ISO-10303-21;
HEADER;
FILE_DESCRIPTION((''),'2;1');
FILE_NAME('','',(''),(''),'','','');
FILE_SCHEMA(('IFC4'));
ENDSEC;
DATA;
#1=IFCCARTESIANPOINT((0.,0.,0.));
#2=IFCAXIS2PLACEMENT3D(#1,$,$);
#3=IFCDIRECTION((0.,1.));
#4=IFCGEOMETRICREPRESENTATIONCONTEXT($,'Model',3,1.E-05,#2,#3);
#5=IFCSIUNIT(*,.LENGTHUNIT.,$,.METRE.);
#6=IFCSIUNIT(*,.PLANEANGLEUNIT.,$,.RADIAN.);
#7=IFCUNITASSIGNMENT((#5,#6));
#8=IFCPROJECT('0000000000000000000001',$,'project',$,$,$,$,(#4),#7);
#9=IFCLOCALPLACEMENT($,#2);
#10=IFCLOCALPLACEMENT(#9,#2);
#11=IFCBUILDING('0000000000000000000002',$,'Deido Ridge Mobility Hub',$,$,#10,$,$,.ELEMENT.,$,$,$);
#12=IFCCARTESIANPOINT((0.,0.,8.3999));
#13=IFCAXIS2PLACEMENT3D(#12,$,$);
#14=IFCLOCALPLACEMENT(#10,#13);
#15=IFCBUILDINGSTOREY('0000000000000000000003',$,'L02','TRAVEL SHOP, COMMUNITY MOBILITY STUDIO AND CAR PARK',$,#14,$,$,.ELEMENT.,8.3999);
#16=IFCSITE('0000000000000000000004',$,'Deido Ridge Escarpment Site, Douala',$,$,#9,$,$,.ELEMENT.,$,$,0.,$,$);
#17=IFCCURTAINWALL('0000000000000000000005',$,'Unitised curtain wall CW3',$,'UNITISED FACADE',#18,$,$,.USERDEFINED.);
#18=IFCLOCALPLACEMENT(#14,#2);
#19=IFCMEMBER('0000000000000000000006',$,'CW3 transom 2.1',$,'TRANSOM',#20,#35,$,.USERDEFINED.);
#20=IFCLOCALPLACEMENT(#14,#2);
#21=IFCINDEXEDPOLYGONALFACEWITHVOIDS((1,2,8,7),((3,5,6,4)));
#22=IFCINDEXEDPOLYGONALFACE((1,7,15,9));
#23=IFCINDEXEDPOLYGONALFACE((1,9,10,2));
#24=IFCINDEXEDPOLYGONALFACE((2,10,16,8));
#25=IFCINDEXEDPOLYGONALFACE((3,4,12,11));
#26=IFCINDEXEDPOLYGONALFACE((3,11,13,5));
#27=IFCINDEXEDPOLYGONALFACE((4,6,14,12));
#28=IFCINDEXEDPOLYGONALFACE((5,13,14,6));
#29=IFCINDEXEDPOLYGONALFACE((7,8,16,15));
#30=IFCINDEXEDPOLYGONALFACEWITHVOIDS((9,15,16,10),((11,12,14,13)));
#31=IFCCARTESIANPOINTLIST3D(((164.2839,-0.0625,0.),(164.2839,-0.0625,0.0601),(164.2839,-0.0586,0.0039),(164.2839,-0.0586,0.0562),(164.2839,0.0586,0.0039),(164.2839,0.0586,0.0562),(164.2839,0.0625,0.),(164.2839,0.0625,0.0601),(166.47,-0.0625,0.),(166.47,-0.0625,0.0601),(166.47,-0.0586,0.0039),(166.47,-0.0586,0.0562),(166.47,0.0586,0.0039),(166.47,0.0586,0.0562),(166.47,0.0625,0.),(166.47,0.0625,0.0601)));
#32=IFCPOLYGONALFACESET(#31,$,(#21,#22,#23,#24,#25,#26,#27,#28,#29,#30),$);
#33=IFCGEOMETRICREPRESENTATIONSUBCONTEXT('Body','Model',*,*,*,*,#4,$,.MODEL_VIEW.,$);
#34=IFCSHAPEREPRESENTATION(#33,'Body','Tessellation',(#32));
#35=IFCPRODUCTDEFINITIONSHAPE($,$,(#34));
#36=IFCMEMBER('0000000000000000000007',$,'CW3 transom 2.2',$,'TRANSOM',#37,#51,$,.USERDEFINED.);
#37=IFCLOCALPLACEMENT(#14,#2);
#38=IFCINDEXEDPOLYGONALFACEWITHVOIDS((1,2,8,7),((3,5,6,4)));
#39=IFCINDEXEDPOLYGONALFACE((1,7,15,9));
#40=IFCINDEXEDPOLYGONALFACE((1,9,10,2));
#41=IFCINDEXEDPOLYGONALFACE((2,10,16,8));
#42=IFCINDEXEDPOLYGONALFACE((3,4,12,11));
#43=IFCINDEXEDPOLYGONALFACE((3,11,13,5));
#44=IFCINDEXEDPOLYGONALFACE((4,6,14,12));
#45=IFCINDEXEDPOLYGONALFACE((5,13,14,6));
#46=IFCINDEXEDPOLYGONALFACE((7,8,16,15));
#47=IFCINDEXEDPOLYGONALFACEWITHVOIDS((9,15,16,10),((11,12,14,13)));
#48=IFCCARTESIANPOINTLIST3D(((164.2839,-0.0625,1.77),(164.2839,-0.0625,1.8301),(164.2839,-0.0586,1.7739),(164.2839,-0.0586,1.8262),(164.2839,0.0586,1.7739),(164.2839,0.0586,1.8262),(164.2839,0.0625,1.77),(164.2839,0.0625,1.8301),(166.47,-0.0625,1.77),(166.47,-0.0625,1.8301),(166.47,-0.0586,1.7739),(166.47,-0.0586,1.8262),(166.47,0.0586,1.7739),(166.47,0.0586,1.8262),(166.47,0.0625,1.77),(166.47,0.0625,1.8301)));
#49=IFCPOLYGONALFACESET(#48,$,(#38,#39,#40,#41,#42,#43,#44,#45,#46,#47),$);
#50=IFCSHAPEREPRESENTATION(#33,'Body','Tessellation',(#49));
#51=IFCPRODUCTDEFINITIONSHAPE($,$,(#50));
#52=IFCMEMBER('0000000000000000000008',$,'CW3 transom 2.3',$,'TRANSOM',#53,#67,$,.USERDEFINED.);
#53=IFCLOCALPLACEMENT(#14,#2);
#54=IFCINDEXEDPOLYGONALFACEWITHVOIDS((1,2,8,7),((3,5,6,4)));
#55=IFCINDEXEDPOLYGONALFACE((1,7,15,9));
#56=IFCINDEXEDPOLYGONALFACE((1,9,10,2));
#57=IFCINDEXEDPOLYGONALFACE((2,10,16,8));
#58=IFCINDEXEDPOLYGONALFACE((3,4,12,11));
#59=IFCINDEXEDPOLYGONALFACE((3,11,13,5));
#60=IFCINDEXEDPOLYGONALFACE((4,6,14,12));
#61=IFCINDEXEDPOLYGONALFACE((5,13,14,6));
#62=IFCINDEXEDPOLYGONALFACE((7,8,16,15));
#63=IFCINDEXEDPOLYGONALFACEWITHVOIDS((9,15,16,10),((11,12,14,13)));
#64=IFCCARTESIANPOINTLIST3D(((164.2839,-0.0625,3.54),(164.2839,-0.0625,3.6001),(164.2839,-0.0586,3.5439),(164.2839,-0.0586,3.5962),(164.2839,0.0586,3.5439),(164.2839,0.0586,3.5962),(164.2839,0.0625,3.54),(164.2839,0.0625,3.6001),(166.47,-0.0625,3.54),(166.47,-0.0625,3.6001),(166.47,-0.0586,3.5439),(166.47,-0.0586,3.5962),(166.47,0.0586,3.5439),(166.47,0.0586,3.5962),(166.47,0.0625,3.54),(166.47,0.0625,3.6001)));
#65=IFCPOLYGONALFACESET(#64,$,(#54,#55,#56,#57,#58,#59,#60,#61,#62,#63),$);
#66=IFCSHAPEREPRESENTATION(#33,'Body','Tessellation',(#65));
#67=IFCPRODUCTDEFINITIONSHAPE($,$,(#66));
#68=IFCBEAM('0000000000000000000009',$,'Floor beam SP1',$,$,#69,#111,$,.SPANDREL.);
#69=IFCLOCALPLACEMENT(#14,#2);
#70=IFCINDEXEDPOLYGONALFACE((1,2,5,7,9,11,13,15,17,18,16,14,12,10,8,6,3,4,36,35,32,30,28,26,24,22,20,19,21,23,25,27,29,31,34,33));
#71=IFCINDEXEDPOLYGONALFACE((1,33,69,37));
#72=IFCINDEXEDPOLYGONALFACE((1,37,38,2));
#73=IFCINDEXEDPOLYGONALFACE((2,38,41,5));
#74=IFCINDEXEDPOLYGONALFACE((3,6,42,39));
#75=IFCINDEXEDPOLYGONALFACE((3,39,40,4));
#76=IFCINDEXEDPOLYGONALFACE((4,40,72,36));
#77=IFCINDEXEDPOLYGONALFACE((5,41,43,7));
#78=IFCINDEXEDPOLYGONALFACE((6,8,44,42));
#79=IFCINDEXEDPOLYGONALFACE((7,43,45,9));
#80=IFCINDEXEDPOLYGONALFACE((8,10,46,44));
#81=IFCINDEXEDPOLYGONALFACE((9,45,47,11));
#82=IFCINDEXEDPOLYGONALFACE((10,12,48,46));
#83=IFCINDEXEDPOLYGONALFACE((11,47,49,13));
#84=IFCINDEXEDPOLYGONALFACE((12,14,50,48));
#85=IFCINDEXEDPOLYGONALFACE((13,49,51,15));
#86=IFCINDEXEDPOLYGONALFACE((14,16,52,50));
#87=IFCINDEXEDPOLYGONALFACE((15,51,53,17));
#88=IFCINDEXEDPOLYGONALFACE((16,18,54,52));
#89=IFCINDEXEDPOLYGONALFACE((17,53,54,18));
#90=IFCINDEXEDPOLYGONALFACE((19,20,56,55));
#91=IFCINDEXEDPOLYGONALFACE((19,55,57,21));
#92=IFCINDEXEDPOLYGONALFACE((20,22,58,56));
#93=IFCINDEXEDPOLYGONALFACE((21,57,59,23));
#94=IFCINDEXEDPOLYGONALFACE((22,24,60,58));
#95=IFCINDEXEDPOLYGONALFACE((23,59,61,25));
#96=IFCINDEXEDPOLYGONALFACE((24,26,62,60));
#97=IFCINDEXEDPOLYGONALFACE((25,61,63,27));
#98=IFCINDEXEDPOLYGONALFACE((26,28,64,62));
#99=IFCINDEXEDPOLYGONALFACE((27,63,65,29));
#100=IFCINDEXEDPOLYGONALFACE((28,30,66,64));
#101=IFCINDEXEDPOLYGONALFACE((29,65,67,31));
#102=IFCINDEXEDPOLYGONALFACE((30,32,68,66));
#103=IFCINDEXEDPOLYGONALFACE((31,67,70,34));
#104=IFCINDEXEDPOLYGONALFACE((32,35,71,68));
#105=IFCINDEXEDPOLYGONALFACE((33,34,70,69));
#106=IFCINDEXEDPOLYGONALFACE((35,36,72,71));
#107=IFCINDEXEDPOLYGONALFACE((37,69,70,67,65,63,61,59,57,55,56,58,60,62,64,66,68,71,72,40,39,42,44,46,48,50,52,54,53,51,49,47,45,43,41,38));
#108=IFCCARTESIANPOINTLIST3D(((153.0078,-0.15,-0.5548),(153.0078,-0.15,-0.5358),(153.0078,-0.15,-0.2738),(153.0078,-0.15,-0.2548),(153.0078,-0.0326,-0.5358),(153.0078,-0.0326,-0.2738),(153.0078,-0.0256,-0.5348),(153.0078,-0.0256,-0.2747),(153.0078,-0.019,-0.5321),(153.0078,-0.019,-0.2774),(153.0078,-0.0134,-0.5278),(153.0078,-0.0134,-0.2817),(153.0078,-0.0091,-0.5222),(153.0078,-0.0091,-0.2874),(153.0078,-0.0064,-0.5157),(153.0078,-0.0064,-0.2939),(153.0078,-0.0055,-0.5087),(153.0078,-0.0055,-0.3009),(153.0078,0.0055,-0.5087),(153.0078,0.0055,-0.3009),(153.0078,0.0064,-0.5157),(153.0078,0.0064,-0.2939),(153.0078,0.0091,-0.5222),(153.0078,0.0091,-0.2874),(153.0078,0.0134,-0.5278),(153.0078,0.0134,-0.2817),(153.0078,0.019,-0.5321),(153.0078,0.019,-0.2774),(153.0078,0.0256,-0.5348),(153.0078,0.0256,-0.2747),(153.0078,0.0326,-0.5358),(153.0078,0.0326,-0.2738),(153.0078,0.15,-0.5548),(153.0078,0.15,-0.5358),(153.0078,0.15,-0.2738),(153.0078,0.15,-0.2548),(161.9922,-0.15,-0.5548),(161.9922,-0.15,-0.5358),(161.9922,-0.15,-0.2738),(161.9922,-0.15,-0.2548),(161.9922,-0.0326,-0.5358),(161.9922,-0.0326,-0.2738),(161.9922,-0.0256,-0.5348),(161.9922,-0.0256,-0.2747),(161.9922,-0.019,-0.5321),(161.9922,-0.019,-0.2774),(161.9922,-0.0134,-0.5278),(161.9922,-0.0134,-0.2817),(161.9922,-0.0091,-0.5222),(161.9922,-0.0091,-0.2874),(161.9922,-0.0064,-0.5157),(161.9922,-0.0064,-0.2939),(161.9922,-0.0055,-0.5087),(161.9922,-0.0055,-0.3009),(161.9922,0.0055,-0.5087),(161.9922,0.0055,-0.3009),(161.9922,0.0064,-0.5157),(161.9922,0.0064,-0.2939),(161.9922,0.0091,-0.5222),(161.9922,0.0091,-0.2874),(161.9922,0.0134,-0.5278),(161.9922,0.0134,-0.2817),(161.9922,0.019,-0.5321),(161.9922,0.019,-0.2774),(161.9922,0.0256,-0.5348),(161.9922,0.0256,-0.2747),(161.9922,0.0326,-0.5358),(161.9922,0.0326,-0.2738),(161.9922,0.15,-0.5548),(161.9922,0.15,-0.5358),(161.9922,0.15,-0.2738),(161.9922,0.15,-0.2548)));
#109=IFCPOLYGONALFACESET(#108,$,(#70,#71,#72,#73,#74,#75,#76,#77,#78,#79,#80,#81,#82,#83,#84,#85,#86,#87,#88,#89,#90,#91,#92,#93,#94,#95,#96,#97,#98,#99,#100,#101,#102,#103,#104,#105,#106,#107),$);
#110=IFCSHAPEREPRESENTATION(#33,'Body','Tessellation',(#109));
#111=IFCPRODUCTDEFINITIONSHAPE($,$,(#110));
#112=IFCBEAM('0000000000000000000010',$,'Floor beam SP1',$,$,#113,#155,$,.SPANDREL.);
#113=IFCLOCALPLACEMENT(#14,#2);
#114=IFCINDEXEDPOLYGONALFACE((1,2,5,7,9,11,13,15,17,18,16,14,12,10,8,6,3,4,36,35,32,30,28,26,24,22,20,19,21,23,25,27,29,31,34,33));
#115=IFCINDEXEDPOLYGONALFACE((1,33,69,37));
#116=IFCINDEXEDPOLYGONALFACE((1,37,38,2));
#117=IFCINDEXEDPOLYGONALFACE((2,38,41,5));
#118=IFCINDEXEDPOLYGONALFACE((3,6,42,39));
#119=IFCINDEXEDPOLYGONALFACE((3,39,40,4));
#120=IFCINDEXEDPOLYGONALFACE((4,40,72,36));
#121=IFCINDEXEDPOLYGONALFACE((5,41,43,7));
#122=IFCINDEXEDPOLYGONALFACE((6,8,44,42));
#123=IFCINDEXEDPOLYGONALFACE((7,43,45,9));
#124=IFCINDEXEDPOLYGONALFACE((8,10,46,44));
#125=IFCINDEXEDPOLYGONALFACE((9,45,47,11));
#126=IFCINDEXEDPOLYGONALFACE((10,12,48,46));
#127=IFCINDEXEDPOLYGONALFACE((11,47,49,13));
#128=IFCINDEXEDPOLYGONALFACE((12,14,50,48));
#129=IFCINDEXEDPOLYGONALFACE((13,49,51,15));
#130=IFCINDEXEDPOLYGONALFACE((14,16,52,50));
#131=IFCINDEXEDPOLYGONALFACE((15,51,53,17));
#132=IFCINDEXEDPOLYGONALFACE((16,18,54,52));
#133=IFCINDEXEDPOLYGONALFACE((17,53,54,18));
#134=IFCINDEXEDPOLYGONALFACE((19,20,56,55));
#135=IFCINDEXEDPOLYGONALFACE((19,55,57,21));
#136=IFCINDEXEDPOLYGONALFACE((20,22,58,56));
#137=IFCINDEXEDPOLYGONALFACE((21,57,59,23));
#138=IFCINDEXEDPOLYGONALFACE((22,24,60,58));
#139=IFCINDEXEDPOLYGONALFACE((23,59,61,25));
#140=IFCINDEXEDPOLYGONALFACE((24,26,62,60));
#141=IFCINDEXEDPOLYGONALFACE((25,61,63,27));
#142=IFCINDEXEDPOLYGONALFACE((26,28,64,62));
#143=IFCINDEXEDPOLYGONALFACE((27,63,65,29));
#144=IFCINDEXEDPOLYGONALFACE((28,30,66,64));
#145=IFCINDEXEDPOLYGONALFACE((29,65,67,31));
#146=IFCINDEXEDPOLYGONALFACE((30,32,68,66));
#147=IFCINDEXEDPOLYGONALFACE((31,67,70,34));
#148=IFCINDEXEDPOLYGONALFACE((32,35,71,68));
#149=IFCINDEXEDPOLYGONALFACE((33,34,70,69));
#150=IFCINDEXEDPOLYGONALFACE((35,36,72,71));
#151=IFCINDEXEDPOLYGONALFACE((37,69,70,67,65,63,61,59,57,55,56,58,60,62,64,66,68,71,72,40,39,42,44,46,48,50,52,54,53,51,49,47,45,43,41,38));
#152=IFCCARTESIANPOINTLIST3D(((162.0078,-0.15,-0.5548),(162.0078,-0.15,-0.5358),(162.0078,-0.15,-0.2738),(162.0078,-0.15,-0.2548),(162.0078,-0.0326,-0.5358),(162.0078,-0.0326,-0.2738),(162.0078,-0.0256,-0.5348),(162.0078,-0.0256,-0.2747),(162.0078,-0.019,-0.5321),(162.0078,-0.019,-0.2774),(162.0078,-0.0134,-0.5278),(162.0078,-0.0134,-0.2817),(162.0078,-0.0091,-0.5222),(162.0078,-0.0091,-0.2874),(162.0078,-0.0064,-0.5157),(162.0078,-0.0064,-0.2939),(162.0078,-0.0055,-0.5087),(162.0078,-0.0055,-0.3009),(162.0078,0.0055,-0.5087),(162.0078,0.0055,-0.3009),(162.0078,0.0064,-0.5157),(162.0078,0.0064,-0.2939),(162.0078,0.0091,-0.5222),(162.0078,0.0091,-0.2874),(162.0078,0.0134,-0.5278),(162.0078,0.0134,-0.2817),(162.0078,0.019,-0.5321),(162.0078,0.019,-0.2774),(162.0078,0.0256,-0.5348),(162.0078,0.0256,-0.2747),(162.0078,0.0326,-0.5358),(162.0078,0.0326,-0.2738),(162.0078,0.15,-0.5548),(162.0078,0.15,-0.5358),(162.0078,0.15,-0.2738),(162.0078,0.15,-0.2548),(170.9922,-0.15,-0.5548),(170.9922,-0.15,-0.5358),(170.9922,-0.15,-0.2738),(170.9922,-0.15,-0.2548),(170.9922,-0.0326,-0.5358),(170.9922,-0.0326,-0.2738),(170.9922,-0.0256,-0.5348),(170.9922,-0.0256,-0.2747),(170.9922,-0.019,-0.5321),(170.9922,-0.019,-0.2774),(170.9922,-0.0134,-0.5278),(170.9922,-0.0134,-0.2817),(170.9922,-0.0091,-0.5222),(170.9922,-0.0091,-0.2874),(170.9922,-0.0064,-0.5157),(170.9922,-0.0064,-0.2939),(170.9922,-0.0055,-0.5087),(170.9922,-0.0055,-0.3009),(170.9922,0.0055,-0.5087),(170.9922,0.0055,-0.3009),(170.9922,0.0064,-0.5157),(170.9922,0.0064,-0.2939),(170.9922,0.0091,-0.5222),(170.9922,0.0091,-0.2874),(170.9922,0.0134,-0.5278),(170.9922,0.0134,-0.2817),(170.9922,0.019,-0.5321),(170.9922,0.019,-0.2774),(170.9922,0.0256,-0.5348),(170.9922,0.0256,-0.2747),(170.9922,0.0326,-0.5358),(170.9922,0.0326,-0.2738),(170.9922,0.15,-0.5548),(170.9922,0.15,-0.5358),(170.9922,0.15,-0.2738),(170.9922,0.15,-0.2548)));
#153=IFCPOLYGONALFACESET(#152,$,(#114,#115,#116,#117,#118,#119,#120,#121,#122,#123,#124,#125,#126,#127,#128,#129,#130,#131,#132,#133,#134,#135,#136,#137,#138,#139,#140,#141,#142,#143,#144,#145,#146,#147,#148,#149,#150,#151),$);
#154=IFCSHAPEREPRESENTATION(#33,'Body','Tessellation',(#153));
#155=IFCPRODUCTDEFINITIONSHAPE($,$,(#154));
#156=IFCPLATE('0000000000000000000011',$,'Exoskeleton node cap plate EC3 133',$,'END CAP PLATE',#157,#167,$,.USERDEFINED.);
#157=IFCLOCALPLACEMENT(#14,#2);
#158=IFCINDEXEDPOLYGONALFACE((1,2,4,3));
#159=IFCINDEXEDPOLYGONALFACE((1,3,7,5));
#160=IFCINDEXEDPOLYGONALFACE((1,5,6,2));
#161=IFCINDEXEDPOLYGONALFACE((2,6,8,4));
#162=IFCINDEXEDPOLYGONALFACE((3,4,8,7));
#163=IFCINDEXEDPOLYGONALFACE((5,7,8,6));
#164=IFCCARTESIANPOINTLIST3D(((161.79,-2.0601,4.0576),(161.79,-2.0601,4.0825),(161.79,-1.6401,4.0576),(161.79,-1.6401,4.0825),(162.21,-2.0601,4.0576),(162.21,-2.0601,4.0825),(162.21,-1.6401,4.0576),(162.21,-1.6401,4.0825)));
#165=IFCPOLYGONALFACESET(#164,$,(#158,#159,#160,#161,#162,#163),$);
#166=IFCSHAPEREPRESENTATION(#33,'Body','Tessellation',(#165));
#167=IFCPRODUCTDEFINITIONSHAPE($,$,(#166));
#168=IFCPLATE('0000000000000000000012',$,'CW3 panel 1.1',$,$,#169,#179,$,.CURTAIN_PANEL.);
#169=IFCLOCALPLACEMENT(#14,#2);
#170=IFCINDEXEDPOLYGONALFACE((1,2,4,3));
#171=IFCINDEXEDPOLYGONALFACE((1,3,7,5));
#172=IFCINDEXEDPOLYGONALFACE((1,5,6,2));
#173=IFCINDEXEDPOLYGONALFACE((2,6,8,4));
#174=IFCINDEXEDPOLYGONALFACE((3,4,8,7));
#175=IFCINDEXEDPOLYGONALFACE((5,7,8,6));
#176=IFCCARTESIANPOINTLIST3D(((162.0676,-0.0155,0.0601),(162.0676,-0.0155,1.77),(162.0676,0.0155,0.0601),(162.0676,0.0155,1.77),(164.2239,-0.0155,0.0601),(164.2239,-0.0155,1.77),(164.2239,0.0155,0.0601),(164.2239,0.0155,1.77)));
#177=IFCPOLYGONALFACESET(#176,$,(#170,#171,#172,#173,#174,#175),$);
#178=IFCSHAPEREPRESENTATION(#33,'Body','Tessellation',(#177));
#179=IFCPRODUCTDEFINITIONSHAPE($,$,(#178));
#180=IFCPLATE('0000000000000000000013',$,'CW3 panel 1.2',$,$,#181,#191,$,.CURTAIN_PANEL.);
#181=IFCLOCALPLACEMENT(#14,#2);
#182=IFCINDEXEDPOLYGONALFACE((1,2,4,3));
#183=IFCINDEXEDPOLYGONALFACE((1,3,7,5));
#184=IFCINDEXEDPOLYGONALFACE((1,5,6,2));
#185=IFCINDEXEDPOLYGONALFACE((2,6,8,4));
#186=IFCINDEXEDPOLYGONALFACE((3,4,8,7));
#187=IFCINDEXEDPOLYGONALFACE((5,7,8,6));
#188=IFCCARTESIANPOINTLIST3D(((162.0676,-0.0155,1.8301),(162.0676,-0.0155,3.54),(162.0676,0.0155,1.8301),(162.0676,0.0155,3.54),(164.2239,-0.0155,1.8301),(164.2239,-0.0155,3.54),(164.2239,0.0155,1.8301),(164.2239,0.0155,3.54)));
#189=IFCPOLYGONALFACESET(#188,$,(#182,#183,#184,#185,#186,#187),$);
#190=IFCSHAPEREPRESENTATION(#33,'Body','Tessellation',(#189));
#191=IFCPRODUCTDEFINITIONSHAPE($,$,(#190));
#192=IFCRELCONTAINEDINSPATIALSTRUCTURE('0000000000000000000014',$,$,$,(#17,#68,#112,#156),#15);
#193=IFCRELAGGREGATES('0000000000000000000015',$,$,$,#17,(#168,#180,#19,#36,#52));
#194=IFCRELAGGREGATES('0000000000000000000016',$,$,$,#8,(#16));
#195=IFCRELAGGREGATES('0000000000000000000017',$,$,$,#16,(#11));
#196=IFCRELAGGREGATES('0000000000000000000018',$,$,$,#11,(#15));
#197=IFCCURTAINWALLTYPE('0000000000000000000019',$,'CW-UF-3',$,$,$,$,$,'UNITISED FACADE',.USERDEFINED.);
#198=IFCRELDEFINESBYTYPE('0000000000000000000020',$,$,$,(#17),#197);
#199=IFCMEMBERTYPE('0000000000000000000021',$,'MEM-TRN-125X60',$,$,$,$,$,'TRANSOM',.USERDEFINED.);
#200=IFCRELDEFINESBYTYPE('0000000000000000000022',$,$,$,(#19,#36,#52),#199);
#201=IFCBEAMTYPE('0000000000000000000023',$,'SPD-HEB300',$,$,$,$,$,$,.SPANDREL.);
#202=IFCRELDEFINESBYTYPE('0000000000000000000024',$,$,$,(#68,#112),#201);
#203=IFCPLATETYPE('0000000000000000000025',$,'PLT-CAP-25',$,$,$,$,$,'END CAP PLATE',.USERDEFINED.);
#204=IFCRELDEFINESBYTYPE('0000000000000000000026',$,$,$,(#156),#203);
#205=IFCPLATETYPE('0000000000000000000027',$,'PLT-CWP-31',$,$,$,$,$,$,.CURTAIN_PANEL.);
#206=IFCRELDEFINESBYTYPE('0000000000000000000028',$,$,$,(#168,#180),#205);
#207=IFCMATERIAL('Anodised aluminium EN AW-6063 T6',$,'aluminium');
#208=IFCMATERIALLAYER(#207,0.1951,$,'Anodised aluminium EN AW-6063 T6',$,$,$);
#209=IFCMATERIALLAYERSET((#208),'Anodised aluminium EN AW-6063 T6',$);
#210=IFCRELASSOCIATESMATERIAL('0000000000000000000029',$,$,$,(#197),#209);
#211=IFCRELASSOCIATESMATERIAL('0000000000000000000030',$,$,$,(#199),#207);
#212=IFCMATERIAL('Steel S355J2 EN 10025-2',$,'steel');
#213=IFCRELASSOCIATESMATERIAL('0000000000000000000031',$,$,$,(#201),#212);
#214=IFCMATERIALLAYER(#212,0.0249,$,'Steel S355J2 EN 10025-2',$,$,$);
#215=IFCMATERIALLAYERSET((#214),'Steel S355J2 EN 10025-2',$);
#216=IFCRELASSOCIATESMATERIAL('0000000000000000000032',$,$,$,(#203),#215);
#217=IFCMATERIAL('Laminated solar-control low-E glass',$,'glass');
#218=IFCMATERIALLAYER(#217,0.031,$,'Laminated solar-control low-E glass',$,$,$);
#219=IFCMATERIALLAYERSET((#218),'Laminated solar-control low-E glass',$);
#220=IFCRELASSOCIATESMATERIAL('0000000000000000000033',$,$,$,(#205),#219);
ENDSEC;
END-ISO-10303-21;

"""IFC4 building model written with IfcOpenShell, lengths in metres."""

from ifc_helpers import new_model, si_unit, direction, frame, origin, origin_2d, place, context, subcontext, project, spatial, rectangle, hollow_rectangle, i_section, extrude, material, layer, layer_set, material_profile, profile_set, type_object, element, aggregate, save


model = new_model("IFC4")

# Units and contexts
model_context = context("Model", 3, precision=1e-05, world=origin(), true_north=direction((0.0, 1.0)))
body_context = subcontext(model_context, "Body", "Model", "MODEL_VIEW")
ifc_project = project(units=[si_unit("LENGTHUNIT", "METRE"), si_unit("PLANEANGLEUNIT", "RADIAN")], contexts=[model_context])

# Site, building, storey
site_placement = place(None, origin())
site = spatial("IfcSite", under=ifc_project, at=site_placement, Name="Deido Ridge Escarpment Site, Douala", CompositionType="ELEMENT", RefElevation=0.0)
building_placement = place(site_placement, origin())
building = spatial("IfcBuilding", under=site, at=building_placement, Name="Deido Ridge Mobility Hub", CompositionType="ELEMENT")
storey_placement = place(building_placement, frame((0.0, 0.0, 8.3999)))
storey = spatial("IfcBuildingStorey", under=building, at=storey_placement, Name="L02", Description="TRAVEL SHOP, COMMUNITY MOBILITY STUDIO AND CAR PARK", CompositionType="ELEMENT", Elevation=8.3999)

# Shared definitions
ifc_material_1 = material(Name="Steel S355J2 EN 10025-2", Category="steel")

# Curtain wall, members
ifc_material_2 = material(Name="Anodised aluminium EN AW-6063 T6", Category="aluminium")
ifc_layer_1 = layer(ifc_material_2, 0.1951, Name="Anodised aluminium EN AW-6063 T6")
ifc_layer_set_1 = layer_set([ifc_layer_1], Name="Anodised aluminium EN AW-6063 T6")
curtain_wall_type = type_object("IfcCurtainWallType", Name="CW-UF-3", ElementType="UNITISED FACADE", PredefinedType="USERDEFINED", material=ifc_layer_set_1)
curtain_wall_placement = place(storey_placement, origin())
curtain_wall = element("IfcCurtainWall", 1, at=curtain_wall_placement, inside=storey, type_object=curtain_wall_type, Name="Unitised curtain wall CW3", ObjectType="UNITISED FACADE", PredefinedType="USERDEFINED")
ifc_material_profile_1 = material_profile(ifc_material_2, hollow_rectangle(XDim=0.125, YDim=0.0601, WallThickness=0.0039, at=origin_2d()), Name="RHS 125x60x4")
ifc_profile_set_1 = profile_set([ifc_material_profile_1], Name="Anodised aluminium EN AW-6063 T6")
member_type_1 = type_object("IfcMemberType", Name="MEM-TRN-125X60", ElementType="TRANSOM", PredefinedType="USERDEFINED", material=ifc_profile_set_1)
member_1_placement = place(storey_placement, frame((164.2839, 0.0, 0.03), z_axis=(1.0, 0.0, 0.0), x_axis=(0.0, 1.0, 0.0)))
member_1 = element("IfcMember", 2, at=member_1_placement, type_object=member_type_1, Name="CW3 transom 2.1", ObjectType="TRANSOM", PredefinedType="USERDEFINED", context=body_context, shape_type="SweptSolid", body=[
    extrude(hollow_rectangle(XDim=0.125, YDim=0.0601, WallThickness=0.0039, at=origin_2d()), origin(), (0.0, 0.0, 1.0), 2.186),
])
member_2_placement = place(storey_placement, frame((164.2839, 0.0, 1.8), z_axis=(1.0, 0.0, 0.0), x_axis=(0.0, 1.0, 0.0)))
member_2 = element("IfcMember", 3, at=member_2_placement, type_object=member_type_1, Name="CW3 transom 2.2", ObjectType="TRANSOM", PredefinedType="USERDEFINED", context=body_context, shape_type="SweptSolid", body=[
    extrude(hollow_rectangle(XDim=0.125, YDim=0.0601, WallThickness=0.0039, at=origin_2d()), origin(), (0.0, 0.0, 1.0), 2.186),
])
member_3_placement = place(storey_placement, frame((164.2839, 0.0, 3.5701), z_axis=(1.0, 0.0, 0.0), x_axis=(0.0, 1.0, 0.0)))
member_3 = element("IfcMember", 4, at=member_3_placement, type_object=member_type_1, Name="CW3 transom 2.3", ObjectType="TRANSOM", PredefinedType="USERDEFINED", context=body_context, shape_type="SweptSolid", body=[
    extrude(hollow_rectangle(XDim=0.125, YDim=0.0601, WallThickness=0.0039, at=origin_2d()), origin(), (0.0, 0.0, 1.0), 2.186),
])

# Beams
ifc_material_profile_2 = material_profile(ifc_material_1, i_section(OverallWidth=0.3, OverallDepth=0.3, WebThickness=0.011, FlangeThickness=0.019, FilletRadius=0.0271, at=origin_2d()), Name="HEB 300")
ifc_profile_set_2 = profile_set([ifc_material_profile_2], Name="Steel S355J2 EN 10025-2")
beam_type_1 = type_object("IfcBeamType", Name="SPD-HEB300", PredefinedType="SPANDREL", material=ifc_profile_set_2)
for number, where, z_axis, x_axis, name in (
    (5, (153.0078, 0.0, -0.4048), (1.0, 0.0, 0.0), (0.0, 1.0, 0.0), "Floor beam SP1"),
    (6, (162.0078, 0.0, -0.4048), (1.0, 0.0, 0.0), (0.0, 1.0, 0.0), "Floor beam SP1"),
):
    element("IfcBeam", number, at=place(storey_placement, frame(where, z_axis=z_axis, x_axis=x_axis)), inside=storey, type_object=beam_type_1, Name=name, PredefinedType="SPANDREL", context=body_context, shape_type="SweptSolid", body=[
        extrude(i_section(OverallWidth=0.3, OverallDepth=0.3, WebThickness=0.011, FlangeThickness=0.019, FilletRadius=0.0271, at=origin_2d()), origin(), (0.0, 0.0, 1.0), 8.9844),
    ])

# Plates
ifc_layer_2 = layer(ifc_material_1, 0.0249, Name="Steel S355J2 EN 10025-2")
ifc_layer_set_2 = layer_set([ifc_layer_2], Name="Steel S355J2 EN 10025-2")
plate_type_1 = type_object("IfcPlateType", Name="PLT-CAP-25", ElementType="END CAP PLATE", PredefinedType="USERDEFINED", material=ifc_layer_set_2)
plate_1_placement = place(storey_placement, frame((162.0, -1.8501, 4.0576), z_axis=(0.0, 0.0, 1.0), x_axis=(1.0, 0.0, 0.0)))
element("IfcPlate", 7, at=plate_1_placement, inside=storey, type_object=plate_type_1, Name="Exoskeleton node cap plate EC3 133", ObjectType="END CAP PLATE", PredefinedType="USERDEFINED", context=body_context, shape_type="SweptSolid", body=[
    extrude(rectangle(XDim=0.4199, YDim=0.4199, at=origin_2d()), origin(), (0.0, 0.0, 1.0), 0.0249),
])
ifc_material_3 = material(Name="Laminated solar-control low-E glass", Category="glass")
ifc_layer_3 = layer(ifc_material_3, 0.031, Name="Laminated solar-control low-E glass")
ifc_layer_set_3 = layer_set([ifc_layer_3], Name="Laminated solar-control low-E glass")
plate_type_2 = type_object("IfcPlateType", Name="PLT-CWP-31", PredefinedType="CURTAIN_PANEL", material=ifc_layer_set_3)
plate_2_placement = place(storey_placement, frame((163.1458, 0.0, 0.0601), z_axis=(0.0, 0.0, 1.0), x_axis=(1.0, 0.0, 0.0)))
plate_2 = element("IfcPlate", 8, at=plate_2_placement, type_object=plate_type_2, Name="CW3 panel 1.1", PredefinedType="CURTAIN_PANEL", context=body_context, shape_type="SweptSolid", body=[
    extrude(rectangle(XDim=2.1562, YDim=0.031, at=origin_2d()), origin(), (0.0, 0.0, 1.0), 1.71),
])
plate_3_placement = place(storey_placement, frame((163.1458, 0.0, 1.8301), z_axis=(0.0, 0.0, 1.0), x_axis=(1.0, 0.0, 0.0)))
plate_3 = element("IfcPlate", 9, at=plate_3_placement, type_object=plate_type_2, Name="CW3 panel 1.2", PredefinedType="CURTAIN_PANEL", context=body_context, shape_type="SweptSolid", body=[
    extrude(rectangle(XDim=2.1562, YDim=0.031, at=origin_2d()), origin(), (0.0, 0.0, 1.0), 1.71),
])
aggregate(curtain_wall, [plate_2, plate_3, member_1, member_2, member_3])

save(model, "model.ifc")
